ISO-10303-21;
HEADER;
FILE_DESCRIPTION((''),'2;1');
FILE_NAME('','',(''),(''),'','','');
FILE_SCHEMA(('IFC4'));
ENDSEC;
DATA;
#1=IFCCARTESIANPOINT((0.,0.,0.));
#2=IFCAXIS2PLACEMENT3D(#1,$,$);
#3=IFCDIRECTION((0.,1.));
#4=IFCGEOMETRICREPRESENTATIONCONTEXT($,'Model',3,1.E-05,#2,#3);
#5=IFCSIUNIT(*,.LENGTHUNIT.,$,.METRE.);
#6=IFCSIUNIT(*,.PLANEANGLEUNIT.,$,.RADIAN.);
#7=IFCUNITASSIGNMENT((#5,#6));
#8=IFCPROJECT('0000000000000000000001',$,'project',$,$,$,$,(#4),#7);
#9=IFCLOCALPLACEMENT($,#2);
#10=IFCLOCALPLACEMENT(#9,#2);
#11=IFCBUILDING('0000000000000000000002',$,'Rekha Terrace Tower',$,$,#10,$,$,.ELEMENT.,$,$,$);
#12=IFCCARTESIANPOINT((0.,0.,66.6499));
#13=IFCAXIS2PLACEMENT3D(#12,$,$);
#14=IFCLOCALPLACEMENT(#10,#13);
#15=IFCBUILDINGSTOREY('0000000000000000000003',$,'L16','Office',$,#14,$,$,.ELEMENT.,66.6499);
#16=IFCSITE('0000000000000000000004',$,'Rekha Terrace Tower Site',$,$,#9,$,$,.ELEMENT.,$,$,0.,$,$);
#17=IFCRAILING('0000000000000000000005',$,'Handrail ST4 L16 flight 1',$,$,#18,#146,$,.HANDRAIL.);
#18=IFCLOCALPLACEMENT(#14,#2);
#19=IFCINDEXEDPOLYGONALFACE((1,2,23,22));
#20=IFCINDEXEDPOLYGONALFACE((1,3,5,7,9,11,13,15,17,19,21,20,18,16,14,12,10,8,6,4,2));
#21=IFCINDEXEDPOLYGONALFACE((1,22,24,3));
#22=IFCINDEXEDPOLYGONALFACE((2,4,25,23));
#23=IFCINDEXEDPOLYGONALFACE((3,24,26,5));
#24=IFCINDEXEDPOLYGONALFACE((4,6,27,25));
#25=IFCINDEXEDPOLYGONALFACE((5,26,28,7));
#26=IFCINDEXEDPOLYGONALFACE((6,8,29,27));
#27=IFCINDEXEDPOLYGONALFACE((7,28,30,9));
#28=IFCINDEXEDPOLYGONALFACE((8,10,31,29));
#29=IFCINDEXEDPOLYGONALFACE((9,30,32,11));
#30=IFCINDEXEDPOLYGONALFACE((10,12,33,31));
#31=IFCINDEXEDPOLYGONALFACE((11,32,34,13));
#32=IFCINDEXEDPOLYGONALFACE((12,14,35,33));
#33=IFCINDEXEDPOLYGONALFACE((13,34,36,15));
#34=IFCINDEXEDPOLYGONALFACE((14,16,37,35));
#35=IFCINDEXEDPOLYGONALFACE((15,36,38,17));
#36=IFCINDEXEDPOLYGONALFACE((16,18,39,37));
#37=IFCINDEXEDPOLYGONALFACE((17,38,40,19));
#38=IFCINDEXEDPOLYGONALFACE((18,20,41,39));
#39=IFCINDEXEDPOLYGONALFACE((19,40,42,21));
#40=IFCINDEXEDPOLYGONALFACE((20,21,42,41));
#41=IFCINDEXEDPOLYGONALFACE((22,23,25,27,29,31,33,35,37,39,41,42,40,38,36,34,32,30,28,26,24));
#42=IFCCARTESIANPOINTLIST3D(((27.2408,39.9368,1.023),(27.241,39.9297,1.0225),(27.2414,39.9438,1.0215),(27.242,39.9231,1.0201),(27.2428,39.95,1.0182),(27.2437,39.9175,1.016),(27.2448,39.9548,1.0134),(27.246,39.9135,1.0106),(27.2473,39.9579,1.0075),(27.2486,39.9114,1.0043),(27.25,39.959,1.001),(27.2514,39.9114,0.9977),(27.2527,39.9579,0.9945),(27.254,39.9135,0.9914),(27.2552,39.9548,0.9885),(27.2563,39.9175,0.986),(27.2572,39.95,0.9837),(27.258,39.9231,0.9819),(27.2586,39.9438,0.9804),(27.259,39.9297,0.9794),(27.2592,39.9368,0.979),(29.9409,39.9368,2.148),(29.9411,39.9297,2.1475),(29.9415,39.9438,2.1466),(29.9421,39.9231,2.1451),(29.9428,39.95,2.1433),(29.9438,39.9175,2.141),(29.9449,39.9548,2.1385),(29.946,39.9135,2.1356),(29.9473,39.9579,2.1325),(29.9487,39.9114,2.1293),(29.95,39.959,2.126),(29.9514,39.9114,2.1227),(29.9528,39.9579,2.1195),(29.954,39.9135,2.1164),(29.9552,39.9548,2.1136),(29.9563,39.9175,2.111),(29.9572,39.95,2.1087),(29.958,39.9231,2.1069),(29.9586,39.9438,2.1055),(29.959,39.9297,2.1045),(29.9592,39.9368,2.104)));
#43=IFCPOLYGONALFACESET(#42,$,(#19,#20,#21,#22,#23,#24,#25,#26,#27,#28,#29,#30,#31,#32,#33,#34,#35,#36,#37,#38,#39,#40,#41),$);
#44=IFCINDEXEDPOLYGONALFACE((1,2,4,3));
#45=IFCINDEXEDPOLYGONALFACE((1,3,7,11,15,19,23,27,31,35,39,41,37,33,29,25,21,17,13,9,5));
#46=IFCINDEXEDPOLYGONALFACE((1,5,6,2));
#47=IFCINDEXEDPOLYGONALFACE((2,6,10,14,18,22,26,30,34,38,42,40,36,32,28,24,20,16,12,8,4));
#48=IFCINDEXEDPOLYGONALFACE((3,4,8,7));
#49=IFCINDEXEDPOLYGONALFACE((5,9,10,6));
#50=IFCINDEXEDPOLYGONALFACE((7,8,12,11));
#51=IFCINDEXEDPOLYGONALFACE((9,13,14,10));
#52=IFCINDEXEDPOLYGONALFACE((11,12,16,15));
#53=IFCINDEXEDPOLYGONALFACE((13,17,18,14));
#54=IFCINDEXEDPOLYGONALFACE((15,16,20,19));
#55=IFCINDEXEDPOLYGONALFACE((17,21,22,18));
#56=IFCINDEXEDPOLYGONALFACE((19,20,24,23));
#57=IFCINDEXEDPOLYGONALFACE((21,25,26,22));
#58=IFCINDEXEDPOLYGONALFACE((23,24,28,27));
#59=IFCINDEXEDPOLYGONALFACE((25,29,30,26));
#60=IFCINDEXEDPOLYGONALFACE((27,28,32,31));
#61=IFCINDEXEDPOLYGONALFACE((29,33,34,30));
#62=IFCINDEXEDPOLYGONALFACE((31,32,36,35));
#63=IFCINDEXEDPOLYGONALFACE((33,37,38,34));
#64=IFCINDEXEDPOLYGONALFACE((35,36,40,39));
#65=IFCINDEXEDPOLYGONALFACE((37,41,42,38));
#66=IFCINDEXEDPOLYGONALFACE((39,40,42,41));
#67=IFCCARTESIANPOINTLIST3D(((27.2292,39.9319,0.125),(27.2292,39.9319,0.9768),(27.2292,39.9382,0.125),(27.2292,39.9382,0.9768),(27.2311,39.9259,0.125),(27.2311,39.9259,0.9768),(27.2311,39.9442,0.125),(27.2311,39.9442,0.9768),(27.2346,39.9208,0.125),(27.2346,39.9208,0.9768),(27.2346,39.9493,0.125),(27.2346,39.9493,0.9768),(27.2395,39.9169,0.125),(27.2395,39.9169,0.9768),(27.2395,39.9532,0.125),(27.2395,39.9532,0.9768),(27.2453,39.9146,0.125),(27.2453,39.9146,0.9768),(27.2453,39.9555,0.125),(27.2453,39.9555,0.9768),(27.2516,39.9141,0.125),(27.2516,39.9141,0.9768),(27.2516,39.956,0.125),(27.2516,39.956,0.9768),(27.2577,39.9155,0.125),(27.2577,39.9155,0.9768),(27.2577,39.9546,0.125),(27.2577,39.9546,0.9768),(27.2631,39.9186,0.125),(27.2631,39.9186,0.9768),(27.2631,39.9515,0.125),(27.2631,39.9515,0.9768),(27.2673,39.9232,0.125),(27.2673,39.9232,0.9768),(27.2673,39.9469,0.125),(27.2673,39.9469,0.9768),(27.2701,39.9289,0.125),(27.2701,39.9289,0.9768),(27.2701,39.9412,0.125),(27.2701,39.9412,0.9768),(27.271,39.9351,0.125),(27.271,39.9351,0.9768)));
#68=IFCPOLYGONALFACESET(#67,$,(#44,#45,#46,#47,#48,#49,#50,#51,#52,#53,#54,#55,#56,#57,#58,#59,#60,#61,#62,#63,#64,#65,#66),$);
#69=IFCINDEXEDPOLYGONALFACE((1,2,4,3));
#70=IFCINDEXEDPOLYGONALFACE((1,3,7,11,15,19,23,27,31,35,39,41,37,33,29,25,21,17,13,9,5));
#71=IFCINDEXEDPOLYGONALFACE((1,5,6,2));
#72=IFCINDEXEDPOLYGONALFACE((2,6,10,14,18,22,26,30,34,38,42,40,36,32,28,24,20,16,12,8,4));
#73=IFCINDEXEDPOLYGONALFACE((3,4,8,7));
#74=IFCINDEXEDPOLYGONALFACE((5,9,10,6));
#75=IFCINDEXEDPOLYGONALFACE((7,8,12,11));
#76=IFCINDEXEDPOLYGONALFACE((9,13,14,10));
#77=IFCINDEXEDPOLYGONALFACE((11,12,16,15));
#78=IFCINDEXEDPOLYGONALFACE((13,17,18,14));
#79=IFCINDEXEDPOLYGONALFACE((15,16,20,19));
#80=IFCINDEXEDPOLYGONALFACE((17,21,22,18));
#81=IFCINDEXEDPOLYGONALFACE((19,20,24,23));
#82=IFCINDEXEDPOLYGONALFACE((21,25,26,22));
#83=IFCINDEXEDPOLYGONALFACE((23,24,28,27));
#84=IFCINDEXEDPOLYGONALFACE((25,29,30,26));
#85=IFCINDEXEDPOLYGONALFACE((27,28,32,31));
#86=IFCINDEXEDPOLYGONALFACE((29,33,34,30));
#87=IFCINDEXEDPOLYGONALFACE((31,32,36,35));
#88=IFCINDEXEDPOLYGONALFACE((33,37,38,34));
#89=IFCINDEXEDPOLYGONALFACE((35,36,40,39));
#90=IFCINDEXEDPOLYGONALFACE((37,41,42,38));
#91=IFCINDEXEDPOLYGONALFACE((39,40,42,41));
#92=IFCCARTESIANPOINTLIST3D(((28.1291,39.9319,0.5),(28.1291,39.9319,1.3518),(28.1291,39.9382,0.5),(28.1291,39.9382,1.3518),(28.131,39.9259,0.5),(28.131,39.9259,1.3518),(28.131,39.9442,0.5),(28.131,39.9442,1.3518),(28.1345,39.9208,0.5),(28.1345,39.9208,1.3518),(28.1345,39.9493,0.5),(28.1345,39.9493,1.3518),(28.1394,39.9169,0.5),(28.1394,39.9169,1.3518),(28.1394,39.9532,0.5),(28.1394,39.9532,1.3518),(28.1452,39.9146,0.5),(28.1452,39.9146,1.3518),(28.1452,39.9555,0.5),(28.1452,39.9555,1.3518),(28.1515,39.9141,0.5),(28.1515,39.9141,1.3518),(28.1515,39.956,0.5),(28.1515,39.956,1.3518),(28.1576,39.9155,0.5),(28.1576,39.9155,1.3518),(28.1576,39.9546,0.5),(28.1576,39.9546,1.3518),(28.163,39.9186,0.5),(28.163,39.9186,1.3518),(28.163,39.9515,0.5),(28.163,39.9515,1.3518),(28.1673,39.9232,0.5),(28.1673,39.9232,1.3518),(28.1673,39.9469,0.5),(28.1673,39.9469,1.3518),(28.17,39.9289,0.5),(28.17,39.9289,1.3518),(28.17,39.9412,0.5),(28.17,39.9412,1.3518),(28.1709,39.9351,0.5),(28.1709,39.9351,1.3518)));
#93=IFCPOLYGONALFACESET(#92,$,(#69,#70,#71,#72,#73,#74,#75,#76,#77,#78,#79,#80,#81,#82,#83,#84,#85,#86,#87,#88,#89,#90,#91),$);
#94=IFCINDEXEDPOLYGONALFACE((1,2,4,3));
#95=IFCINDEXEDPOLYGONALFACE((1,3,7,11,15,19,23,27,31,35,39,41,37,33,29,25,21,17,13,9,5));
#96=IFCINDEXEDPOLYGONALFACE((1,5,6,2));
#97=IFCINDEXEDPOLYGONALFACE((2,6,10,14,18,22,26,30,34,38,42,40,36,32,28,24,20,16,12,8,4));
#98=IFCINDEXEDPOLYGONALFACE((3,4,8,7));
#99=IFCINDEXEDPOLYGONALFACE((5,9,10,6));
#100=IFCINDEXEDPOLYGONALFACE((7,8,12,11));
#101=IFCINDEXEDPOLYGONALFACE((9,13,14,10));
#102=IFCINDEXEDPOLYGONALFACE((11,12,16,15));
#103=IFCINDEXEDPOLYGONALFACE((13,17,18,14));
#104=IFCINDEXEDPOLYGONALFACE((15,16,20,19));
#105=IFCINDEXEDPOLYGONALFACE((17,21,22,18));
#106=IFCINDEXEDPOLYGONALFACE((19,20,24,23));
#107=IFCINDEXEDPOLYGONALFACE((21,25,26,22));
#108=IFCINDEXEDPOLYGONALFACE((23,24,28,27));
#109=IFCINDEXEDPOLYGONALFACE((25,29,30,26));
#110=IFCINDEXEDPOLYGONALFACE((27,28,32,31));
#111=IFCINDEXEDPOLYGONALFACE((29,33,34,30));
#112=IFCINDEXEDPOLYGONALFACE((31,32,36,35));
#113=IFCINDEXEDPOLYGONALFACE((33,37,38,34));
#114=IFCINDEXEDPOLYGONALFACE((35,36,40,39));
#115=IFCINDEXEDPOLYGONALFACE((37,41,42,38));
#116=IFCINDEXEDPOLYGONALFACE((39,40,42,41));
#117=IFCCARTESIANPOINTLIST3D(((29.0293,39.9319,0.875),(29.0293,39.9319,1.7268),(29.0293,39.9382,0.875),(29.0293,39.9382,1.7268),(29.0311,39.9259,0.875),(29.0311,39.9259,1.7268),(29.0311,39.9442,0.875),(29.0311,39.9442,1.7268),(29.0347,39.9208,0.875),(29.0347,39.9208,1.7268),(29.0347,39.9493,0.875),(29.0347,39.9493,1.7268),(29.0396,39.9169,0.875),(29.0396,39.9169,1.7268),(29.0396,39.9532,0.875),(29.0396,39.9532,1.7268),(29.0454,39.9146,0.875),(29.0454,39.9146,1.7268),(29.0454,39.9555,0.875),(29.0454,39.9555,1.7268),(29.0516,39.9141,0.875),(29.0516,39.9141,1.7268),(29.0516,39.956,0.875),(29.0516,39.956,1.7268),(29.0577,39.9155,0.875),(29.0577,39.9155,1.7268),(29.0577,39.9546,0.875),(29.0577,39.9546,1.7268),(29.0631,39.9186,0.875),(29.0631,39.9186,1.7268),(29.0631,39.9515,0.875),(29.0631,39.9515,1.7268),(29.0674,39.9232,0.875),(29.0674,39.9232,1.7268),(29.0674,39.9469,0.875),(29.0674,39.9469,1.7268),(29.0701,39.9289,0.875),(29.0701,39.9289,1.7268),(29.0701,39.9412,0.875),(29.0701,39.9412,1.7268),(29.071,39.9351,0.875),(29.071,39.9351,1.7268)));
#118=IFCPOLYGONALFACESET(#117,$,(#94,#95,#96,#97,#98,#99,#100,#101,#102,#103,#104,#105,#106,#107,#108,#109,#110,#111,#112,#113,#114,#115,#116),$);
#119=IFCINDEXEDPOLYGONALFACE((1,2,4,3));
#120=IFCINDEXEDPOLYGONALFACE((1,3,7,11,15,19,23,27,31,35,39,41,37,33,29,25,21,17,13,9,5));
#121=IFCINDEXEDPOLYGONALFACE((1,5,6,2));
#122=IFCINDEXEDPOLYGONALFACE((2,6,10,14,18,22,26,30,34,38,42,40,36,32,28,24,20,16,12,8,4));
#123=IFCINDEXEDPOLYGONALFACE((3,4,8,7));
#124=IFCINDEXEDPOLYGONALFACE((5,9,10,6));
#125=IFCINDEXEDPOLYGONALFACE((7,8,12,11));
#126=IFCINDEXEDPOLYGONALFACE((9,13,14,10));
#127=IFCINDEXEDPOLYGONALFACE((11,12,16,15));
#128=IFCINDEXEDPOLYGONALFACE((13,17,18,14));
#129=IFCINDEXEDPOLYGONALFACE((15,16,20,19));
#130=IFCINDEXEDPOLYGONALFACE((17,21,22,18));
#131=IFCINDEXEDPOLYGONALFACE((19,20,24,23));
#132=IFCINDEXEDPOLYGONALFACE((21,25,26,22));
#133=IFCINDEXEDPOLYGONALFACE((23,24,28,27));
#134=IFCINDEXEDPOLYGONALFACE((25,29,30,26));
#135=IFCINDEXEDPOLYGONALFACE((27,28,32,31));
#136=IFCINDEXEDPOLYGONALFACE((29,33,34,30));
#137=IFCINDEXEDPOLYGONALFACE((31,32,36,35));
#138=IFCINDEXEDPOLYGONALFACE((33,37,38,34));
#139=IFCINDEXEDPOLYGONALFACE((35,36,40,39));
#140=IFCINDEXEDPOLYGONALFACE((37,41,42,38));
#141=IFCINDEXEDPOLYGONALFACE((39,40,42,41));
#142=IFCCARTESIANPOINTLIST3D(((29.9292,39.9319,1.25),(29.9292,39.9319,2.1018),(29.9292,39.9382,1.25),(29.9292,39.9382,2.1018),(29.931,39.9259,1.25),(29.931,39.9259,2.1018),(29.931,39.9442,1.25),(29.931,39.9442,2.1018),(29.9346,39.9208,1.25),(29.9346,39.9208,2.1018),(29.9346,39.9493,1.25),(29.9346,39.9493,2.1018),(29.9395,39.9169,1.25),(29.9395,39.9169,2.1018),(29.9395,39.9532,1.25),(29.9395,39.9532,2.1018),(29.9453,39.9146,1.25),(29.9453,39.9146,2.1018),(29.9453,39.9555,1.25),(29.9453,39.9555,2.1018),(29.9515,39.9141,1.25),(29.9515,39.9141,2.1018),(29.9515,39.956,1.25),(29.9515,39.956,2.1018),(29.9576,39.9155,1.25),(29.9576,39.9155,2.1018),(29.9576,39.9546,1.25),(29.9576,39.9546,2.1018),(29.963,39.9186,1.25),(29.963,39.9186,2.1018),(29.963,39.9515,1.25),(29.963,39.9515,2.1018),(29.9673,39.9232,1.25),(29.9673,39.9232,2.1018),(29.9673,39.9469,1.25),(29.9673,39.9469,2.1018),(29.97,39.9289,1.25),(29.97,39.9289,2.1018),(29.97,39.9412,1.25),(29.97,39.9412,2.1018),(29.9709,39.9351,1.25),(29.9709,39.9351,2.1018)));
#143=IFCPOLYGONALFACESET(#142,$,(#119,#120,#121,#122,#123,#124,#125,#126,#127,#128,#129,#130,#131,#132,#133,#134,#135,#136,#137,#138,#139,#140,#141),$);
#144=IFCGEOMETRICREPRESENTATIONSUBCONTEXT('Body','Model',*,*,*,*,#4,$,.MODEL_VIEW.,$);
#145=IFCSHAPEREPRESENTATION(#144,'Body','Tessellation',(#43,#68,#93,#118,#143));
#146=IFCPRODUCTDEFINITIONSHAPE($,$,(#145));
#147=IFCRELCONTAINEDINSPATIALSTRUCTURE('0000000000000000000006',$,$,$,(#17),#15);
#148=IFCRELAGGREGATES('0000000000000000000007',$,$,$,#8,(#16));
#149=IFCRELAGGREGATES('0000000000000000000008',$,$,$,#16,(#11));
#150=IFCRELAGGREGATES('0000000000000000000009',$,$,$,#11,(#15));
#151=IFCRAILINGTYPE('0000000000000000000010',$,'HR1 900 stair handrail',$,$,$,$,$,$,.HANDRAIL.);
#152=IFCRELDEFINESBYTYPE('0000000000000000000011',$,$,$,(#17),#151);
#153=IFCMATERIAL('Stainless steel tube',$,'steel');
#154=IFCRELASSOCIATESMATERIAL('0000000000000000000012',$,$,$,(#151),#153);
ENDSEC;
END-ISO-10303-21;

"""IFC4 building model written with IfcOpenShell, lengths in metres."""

from ifc_helpers import new_model, si_unit, direction, frame, origin, origin_2d, place, context, subcontext, project, spatial, circle, extrude, material, type_object, element, save


model = new_model("IFC4")

# Units and contexts
model_context = context("Model", 3, precision=1e-05, world=origin(), true_north=direction((0.0, 1.0)))
body_context = subcontext(model_context, "Body", "Model", "MODEL_VIEW")
ifc_project = project(units=[si_unit("LENGTHUNIT", "METRE"), si_unit("PLANEANGLEUNIT", "RADIAN")], contexts=[model_context])

# Site, building, storey
site_placement = place(None, origin())
site = spatial("IfcSite", under=ifc_project, at=site_placement, Name="Rekha Terrace Tower Site", CompositionType="ELEMENT", RefElevation=0.0)
building_placement = place(site_placement, origin())
building = spatial("IfcBuilding", under=site, at=building_placement, Name="Rekha Terrace Tower", CompositionType="ELEMENT")
storey_placement = place(building_placement, frame((0.0, 0.0, 66.6499)))
storey = spatial("IfcBuildingStorey", under=building, at=storey_placement, Name="L16", Description="Office", CompositionType="ELEMENT", Elevation=66.6499)

# Railing
ifc_material_1 = material(Name="Stainless steel tube", Category="steel")
railing_type_1 = type_object("IfcRailingType", Name="HR1 900 stair handrail", PredefinedType="HANDRAIL", material=ifc_material_1)
railing_1_placement = place(storey_placement, frame((27.25, 39.9351, 0.125)))
element("IfcRailing", 1, at=railing_1_placement, inside=storey, type_object=railing_type_1, Name="Handrail ST4 L16 flight 1", PredefinedType="HANDRAIL", context=body_context, shape_type="SweptSolid", body=[
    extrude(circle(Radius=0.0239, at=origin_2d()), frame((0.0, 0.0, 0.876), z_axis=(0.923074, 0.0, 0.384621), x_axis=(0.0, 1.0, 0.0)), (0.0, 0.0, 1.0), 2.925),
    extrude(circle(Radius=0.021, at=origin_2d()), origin(), (0.0, 0.0, 1.0), 0.8518),
    extrude(circle(Radius=0.021, at=origin_2d()), frame((0.8999, 0.0, 0.375)), (0.0, 0.0, 1.0), 0.8518),
    extrude(circle(Radius=0.021, at=origin_2d()), frame((1.8, 0.0, 0.75)), (0.0, 0.0, 1.0), 0.8518),
    extrude(circle(Radius=0.021, at=origin_2d()), frame((2.7, 0.0, 1.125)), (0.0, 0.0, 1.0), 0.8518),
])

save(model, "model.ifc")
